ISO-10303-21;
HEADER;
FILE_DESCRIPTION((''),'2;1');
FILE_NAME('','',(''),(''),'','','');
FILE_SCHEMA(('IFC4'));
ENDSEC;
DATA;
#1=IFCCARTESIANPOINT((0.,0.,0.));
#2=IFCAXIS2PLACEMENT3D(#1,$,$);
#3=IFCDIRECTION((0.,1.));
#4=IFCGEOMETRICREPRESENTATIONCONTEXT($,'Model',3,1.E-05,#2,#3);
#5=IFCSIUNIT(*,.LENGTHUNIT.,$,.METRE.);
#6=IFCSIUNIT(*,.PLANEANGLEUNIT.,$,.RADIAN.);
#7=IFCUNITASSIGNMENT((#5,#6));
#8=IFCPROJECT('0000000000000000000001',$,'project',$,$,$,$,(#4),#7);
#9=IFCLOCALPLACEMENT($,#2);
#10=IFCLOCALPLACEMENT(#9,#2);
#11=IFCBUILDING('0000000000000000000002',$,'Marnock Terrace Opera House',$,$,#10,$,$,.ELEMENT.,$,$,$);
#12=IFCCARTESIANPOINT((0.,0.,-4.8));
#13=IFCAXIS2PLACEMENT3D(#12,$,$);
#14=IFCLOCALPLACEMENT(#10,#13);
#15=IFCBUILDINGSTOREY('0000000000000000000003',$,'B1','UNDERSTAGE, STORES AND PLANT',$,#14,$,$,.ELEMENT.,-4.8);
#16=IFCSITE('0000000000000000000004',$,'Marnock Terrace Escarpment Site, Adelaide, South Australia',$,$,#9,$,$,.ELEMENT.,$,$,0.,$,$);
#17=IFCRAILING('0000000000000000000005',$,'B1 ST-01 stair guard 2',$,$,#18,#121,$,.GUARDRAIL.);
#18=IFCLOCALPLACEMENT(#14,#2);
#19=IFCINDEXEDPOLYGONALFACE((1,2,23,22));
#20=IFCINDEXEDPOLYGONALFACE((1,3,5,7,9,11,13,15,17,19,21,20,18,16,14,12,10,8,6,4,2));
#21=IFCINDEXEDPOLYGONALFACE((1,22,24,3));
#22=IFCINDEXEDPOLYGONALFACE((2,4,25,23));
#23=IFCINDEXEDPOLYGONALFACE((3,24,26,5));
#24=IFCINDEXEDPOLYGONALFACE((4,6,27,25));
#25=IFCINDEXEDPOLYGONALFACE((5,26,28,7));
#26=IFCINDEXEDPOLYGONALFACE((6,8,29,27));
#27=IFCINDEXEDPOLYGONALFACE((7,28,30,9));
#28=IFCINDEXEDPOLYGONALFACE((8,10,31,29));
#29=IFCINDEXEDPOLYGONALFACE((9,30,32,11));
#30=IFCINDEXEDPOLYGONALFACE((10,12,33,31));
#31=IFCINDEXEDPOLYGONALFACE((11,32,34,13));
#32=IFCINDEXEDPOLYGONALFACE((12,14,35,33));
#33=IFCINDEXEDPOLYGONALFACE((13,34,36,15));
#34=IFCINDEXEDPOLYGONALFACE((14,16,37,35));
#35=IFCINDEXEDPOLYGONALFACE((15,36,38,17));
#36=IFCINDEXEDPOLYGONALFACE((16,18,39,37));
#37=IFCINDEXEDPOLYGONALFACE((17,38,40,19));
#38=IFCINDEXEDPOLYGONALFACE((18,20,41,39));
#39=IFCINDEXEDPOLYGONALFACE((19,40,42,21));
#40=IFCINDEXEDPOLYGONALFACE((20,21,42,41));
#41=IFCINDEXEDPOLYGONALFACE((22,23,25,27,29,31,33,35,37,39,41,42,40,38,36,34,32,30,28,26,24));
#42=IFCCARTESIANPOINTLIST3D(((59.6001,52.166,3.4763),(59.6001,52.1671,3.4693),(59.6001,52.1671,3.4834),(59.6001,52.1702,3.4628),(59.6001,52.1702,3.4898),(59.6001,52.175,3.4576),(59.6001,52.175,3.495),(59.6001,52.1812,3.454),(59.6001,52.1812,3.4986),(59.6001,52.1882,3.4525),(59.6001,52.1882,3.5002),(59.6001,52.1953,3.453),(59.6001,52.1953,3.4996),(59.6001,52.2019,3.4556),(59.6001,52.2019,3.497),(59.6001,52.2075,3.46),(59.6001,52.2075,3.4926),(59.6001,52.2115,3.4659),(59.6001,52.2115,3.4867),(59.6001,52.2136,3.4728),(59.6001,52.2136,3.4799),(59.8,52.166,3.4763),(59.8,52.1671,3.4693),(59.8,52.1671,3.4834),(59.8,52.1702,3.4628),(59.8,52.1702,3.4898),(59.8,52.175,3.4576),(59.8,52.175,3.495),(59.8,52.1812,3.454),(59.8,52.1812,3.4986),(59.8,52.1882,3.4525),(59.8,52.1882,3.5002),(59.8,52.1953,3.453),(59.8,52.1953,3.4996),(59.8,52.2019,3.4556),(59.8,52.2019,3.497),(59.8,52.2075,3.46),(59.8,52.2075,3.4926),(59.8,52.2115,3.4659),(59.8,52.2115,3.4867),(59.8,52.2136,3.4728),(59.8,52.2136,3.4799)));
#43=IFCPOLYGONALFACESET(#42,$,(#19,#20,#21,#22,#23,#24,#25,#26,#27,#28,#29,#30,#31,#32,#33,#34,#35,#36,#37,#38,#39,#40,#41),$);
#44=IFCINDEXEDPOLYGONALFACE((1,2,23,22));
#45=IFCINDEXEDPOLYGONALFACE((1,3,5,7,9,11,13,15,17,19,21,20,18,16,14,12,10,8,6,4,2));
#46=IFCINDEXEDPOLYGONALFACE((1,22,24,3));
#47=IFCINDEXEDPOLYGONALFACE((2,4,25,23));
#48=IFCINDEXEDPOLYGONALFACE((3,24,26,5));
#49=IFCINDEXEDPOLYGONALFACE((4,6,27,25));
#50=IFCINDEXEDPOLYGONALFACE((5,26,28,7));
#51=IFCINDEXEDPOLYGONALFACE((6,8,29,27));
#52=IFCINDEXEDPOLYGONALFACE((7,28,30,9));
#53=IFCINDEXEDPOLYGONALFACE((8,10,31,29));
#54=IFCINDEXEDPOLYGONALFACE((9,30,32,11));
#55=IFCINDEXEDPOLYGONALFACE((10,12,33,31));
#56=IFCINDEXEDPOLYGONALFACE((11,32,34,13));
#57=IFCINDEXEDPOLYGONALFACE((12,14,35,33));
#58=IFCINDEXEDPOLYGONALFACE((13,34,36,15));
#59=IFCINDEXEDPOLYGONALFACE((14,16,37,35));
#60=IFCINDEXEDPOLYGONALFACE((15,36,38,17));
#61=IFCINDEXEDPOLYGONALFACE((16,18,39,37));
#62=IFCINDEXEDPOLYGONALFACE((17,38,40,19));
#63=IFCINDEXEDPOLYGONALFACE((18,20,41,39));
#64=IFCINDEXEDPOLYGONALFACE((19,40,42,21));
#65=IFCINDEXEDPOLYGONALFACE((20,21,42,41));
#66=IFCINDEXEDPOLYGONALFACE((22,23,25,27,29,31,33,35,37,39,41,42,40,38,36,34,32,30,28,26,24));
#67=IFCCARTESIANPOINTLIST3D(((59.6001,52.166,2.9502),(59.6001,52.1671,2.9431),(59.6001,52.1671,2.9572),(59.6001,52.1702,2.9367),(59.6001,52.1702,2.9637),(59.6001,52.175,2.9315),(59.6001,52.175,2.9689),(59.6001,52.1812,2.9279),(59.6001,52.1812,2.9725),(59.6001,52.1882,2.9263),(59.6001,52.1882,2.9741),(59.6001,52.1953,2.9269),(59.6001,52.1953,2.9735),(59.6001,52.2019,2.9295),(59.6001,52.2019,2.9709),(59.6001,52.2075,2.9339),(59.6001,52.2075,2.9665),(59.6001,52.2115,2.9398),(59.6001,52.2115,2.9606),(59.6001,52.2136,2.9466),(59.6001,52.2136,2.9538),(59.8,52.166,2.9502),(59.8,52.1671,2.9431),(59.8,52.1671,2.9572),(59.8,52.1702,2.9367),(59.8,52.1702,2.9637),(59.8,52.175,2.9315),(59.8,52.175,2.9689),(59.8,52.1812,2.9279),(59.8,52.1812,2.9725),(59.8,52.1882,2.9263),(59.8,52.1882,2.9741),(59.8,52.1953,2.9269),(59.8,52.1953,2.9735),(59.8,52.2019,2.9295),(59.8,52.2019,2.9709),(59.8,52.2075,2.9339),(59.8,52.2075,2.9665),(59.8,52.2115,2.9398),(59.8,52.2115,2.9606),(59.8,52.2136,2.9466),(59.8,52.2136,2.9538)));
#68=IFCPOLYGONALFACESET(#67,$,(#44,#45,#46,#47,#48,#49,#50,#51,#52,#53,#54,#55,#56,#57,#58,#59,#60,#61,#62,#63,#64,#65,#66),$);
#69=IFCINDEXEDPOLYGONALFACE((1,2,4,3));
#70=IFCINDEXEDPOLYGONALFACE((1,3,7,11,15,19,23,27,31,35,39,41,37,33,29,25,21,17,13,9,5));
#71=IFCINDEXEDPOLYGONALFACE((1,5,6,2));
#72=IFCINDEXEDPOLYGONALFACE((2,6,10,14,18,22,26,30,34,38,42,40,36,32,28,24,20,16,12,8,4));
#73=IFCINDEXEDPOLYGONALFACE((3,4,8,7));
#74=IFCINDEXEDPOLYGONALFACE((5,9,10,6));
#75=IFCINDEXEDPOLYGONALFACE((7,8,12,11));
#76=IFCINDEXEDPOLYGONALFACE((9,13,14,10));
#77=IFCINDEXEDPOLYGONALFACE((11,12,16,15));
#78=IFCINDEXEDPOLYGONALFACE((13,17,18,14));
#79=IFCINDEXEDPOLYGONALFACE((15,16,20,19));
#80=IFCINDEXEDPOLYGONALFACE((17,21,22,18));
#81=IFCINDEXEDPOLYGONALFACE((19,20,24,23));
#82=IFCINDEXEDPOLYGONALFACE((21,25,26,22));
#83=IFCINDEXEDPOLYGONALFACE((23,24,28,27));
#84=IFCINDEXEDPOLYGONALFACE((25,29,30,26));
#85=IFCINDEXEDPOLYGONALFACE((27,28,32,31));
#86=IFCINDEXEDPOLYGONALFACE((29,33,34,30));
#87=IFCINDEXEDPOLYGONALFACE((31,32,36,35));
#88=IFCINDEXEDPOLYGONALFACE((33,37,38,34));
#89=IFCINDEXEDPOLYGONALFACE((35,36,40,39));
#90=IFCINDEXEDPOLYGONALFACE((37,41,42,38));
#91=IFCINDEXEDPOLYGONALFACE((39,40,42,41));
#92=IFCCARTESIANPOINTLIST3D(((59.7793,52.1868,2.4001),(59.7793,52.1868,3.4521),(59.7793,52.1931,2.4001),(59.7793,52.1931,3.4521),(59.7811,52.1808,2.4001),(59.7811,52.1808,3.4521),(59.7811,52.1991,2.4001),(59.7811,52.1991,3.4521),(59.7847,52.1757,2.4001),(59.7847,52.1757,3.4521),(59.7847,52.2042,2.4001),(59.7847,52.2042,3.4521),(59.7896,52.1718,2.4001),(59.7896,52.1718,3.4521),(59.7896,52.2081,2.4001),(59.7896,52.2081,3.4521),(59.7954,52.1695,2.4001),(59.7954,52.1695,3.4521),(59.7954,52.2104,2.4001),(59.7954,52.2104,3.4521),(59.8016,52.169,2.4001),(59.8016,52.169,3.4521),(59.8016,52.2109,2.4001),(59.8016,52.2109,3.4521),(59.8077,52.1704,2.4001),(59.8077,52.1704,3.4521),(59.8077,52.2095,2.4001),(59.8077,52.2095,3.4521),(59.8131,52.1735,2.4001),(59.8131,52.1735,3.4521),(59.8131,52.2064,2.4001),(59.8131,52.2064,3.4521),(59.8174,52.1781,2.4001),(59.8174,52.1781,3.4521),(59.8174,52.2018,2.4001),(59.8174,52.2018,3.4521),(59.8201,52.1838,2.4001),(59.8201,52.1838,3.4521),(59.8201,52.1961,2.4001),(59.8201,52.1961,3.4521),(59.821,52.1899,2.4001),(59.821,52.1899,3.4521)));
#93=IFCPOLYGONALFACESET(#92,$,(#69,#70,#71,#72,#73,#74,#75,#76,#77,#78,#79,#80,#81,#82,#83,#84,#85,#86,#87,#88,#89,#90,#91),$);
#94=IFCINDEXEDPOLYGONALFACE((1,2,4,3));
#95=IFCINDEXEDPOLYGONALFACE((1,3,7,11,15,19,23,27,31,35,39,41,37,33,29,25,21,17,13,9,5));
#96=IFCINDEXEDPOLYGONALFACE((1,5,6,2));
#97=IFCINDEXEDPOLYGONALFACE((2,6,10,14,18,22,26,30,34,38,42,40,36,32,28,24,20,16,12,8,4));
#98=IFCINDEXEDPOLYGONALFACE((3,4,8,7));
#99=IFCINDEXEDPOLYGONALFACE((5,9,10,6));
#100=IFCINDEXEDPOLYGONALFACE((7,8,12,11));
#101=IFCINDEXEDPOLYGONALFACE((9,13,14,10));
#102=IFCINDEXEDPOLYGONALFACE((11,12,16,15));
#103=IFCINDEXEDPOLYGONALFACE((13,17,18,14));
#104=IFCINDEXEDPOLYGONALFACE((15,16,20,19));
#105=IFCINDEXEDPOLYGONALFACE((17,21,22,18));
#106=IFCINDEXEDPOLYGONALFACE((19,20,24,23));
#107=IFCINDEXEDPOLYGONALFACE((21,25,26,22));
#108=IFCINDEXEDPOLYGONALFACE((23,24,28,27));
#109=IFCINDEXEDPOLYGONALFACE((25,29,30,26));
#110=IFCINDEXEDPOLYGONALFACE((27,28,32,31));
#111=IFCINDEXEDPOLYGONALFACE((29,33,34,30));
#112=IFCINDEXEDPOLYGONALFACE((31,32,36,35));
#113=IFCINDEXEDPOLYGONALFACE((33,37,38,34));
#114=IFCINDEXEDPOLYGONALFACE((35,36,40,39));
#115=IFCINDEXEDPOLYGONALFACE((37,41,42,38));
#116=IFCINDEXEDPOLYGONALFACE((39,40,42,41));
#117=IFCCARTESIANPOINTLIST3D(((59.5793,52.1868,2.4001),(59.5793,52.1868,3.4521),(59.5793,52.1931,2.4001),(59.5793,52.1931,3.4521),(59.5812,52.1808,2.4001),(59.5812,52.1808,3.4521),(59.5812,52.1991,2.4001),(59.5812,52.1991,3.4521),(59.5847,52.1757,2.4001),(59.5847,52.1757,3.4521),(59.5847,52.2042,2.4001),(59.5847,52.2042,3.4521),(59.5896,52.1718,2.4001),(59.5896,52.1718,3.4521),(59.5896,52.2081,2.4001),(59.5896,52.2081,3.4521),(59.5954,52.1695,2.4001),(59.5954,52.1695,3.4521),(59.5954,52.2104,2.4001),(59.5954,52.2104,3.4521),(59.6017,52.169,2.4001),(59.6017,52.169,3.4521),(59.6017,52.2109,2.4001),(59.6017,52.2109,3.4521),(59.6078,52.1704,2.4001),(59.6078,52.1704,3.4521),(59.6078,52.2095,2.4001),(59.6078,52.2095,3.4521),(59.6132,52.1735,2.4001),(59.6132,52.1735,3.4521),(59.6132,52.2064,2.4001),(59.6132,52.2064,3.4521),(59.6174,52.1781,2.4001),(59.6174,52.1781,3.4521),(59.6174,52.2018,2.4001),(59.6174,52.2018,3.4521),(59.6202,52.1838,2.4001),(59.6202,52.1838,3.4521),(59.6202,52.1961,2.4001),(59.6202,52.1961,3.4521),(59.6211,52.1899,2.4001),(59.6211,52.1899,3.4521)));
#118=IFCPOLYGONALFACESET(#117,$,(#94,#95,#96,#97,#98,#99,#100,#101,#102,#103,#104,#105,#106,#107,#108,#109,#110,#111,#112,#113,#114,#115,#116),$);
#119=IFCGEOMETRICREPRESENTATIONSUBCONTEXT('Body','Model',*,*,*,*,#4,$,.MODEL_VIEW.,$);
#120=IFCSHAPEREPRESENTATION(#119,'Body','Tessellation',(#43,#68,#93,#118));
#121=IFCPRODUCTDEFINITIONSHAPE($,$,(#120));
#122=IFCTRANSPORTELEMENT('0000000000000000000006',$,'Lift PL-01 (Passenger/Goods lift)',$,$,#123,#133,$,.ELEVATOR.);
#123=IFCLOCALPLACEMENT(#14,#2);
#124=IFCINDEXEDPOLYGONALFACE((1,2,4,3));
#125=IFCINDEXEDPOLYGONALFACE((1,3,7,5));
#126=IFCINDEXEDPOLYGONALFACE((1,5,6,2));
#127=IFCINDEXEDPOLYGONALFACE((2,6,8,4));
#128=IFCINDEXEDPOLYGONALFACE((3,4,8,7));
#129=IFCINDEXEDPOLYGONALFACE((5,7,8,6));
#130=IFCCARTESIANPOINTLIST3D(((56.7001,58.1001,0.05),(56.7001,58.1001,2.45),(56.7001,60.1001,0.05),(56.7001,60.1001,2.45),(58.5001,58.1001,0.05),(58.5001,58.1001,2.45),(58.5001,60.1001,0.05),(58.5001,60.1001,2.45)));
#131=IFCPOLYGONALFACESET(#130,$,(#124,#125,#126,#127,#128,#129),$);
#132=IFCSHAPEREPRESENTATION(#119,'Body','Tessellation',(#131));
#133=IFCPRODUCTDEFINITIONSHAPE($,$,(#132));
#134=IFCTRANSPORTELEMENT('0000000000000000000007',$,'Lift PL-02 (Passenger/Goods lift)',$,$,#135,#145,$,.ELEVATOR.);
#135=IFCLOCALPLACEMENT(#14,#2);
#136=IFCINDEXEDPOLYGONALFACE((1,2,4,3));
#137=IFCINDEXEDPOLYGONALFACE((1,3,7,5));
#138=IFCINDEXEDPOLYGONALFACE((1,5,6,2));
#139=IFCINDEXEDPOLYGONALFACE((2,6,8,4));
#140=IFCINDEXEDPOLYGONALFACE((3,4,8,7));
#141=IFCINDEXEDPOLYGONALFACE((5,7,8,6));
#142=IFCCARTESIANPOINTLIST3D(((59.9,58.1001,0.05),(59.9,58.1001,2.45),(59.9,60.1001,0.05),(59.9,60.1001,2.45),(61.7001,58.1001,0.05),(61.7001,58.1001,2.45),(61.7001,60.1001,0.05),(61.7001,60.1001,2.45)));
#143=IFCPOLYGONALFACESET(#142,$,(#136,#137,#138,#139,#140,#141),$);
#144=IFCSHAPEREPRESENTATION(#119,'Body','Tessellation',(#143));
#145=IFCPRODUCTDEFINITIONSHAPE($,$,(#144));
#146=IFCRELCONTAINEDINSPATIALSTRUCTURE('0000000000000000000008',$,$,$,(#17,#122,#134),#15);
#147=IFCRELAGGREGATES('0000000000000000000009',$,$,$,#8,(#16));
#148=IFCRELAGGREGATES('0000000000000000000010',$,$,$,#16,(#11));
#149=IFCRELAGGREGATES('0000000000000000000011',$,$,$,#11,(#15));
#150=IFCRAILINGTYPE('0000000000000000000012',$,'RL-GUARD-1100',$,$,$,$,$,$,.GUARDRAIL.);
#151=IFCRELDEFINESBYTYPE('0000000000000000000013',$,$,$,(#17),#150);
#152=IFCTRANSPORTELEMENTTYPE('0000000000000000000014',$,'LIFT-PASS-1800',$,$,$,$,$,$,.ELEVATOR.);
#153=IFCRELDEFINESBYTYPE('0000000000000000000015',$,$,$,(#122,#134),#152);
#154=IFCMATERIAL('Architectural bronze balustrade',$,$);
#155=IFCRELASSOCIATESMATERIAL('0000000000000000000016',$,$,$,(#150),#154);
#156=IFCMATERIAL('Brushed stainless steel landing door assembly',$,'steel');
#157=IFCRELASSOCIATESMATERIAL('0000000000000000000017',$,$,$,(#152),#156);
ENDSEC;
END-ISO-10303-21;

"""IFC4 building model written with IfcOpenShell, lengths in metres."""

from ifc_helpers import new_model, si_unit, direction, frame, origin, origin_2d, place, context, subcontext, project, spatial, rectangle, circle, extrude, material, type_object, element, save


model = new_model("IFC4")

# Units and contexts
model_context = context("Model", 3, precision=1e-05, world=origin(), true_north=direction((0.0, 1.0)))
body_context = subcontext(model_context, "Body", "Model", "MODEL_VIEW")
ifc_project = project(units=[si_unit("LENGTHUNIT", "METRE"), si_unit("PLANEANGLEUNIT", "RADIAN")], contexts=[model_context])

# Site, building, storey
site_placement = place(None, origin())
site = spatial("IfcSite", under=ifc_project, at=site_placement, Name="Marnock Terrace Escarpment Site, Adelaide, South Australia", CompositionType="ELEMENT", RefElevation=0.0)
building_placement = place(site_placement, origin())
building = spatial("IfcBuilding", under=site, at=building_placement, Name="Marnock Terrace Opera House", CompositionType="ELEMENT")
storey_placement = place(building_placement, frame((0.0, 0.0, -4.8)))
storey = spatial("IfcBuildingStorey", under=building, at=storey_placement, Name="B1", Description="UNDERSTAGE, STORES AND PLANT", CompositionType="ELEMENT", Elevation=-4.8)

# Shared definitions
ifc_material_1 = material(Name="Brushed stainless steel landing door assembly", Category="steel")

# Railing
ifc_material_2 = material(Name="Architectural bronze balustrade")
railing_type = type_object("IfcRailingType", Name="RL-GUARD-1100", PredefinedType="GUARDRAIL", material=ifc_material_2)
railing_placement = place(storey_placement, frame((59.8, 52.1899, 2.4001)))
element("IfcRailing", 1, at=railing_placement, inside=storey, type_object=railing_type, Name="B1 ST-01 stair guard 2", PredefinedType="GUARDRAIL", context=body_context, shape_type="SweptSolid", body=[
    extrude(circle(Radius=0.0239, at=origin_2d()), frame((0.0, 0.0, 1.0762), z_axis=(-1.0, 0.0, 0.0), x_axis=(0.0, -1.0, 0.0)), (0.0, 0.0, 1.0), 0.2),
    extrude(circle(Radius=0.0239, at=origin_2d()), frame((0.0, 0.0, 0.55), z_axis=(-1.0, 0.0, 0.0), x_axis=(0.0, -1.0, 0.0)), (0.0, 0.0, 1.0), 0.2),
    extrude(circle(Radius=0.021, at=origin_2d()), origin(), (0.0, 0.0, 1.0), 1.052),
    extrude(circle(Radius=0.021, at=origin_2d()), frame((-0.2, 0.0, 0.0)), (0.0, 0.0, 1.0), 1.052),
])

# Transport elements
transport_element_type = type_object("IfcTransportElementType", Name="LIFT-PASS-1800", PredefinedType="ELEVATOR", material=ifc_material_1)
for number, where, z_axis, x_axis, name in (
    (2, (57.6001, 59.1001, 0.05), (0.0, 0.0, 1.0), (1.0, 0.0, 0.0), "Lift PL-01 (Passenger/Goods lift)"),
    (3, (60.8, 59.1001, 0.05), (0.0, 0.0, 1.0), (1.0, 0.0, 0.0), "Lift PL-02 (Passenger/Goods lift)"),
):
    element("IfcTransportElement", number, at=place(storey_placement, frame(where, z_axis=z_axis, x_axis=x_axis)), inside=storey, type_object=transport_element_type, Name=name, PredefinedType="ELEVATOR", context=body_context, shape_type="SweptSolid", body=[
        extrude(rectangle(XDim=1.8, YDim=2.0, at=origin_2d()), origin(), (0.0, 0.0, 1.0), 2.3999),
    ])

save(model, "model.ifc")
